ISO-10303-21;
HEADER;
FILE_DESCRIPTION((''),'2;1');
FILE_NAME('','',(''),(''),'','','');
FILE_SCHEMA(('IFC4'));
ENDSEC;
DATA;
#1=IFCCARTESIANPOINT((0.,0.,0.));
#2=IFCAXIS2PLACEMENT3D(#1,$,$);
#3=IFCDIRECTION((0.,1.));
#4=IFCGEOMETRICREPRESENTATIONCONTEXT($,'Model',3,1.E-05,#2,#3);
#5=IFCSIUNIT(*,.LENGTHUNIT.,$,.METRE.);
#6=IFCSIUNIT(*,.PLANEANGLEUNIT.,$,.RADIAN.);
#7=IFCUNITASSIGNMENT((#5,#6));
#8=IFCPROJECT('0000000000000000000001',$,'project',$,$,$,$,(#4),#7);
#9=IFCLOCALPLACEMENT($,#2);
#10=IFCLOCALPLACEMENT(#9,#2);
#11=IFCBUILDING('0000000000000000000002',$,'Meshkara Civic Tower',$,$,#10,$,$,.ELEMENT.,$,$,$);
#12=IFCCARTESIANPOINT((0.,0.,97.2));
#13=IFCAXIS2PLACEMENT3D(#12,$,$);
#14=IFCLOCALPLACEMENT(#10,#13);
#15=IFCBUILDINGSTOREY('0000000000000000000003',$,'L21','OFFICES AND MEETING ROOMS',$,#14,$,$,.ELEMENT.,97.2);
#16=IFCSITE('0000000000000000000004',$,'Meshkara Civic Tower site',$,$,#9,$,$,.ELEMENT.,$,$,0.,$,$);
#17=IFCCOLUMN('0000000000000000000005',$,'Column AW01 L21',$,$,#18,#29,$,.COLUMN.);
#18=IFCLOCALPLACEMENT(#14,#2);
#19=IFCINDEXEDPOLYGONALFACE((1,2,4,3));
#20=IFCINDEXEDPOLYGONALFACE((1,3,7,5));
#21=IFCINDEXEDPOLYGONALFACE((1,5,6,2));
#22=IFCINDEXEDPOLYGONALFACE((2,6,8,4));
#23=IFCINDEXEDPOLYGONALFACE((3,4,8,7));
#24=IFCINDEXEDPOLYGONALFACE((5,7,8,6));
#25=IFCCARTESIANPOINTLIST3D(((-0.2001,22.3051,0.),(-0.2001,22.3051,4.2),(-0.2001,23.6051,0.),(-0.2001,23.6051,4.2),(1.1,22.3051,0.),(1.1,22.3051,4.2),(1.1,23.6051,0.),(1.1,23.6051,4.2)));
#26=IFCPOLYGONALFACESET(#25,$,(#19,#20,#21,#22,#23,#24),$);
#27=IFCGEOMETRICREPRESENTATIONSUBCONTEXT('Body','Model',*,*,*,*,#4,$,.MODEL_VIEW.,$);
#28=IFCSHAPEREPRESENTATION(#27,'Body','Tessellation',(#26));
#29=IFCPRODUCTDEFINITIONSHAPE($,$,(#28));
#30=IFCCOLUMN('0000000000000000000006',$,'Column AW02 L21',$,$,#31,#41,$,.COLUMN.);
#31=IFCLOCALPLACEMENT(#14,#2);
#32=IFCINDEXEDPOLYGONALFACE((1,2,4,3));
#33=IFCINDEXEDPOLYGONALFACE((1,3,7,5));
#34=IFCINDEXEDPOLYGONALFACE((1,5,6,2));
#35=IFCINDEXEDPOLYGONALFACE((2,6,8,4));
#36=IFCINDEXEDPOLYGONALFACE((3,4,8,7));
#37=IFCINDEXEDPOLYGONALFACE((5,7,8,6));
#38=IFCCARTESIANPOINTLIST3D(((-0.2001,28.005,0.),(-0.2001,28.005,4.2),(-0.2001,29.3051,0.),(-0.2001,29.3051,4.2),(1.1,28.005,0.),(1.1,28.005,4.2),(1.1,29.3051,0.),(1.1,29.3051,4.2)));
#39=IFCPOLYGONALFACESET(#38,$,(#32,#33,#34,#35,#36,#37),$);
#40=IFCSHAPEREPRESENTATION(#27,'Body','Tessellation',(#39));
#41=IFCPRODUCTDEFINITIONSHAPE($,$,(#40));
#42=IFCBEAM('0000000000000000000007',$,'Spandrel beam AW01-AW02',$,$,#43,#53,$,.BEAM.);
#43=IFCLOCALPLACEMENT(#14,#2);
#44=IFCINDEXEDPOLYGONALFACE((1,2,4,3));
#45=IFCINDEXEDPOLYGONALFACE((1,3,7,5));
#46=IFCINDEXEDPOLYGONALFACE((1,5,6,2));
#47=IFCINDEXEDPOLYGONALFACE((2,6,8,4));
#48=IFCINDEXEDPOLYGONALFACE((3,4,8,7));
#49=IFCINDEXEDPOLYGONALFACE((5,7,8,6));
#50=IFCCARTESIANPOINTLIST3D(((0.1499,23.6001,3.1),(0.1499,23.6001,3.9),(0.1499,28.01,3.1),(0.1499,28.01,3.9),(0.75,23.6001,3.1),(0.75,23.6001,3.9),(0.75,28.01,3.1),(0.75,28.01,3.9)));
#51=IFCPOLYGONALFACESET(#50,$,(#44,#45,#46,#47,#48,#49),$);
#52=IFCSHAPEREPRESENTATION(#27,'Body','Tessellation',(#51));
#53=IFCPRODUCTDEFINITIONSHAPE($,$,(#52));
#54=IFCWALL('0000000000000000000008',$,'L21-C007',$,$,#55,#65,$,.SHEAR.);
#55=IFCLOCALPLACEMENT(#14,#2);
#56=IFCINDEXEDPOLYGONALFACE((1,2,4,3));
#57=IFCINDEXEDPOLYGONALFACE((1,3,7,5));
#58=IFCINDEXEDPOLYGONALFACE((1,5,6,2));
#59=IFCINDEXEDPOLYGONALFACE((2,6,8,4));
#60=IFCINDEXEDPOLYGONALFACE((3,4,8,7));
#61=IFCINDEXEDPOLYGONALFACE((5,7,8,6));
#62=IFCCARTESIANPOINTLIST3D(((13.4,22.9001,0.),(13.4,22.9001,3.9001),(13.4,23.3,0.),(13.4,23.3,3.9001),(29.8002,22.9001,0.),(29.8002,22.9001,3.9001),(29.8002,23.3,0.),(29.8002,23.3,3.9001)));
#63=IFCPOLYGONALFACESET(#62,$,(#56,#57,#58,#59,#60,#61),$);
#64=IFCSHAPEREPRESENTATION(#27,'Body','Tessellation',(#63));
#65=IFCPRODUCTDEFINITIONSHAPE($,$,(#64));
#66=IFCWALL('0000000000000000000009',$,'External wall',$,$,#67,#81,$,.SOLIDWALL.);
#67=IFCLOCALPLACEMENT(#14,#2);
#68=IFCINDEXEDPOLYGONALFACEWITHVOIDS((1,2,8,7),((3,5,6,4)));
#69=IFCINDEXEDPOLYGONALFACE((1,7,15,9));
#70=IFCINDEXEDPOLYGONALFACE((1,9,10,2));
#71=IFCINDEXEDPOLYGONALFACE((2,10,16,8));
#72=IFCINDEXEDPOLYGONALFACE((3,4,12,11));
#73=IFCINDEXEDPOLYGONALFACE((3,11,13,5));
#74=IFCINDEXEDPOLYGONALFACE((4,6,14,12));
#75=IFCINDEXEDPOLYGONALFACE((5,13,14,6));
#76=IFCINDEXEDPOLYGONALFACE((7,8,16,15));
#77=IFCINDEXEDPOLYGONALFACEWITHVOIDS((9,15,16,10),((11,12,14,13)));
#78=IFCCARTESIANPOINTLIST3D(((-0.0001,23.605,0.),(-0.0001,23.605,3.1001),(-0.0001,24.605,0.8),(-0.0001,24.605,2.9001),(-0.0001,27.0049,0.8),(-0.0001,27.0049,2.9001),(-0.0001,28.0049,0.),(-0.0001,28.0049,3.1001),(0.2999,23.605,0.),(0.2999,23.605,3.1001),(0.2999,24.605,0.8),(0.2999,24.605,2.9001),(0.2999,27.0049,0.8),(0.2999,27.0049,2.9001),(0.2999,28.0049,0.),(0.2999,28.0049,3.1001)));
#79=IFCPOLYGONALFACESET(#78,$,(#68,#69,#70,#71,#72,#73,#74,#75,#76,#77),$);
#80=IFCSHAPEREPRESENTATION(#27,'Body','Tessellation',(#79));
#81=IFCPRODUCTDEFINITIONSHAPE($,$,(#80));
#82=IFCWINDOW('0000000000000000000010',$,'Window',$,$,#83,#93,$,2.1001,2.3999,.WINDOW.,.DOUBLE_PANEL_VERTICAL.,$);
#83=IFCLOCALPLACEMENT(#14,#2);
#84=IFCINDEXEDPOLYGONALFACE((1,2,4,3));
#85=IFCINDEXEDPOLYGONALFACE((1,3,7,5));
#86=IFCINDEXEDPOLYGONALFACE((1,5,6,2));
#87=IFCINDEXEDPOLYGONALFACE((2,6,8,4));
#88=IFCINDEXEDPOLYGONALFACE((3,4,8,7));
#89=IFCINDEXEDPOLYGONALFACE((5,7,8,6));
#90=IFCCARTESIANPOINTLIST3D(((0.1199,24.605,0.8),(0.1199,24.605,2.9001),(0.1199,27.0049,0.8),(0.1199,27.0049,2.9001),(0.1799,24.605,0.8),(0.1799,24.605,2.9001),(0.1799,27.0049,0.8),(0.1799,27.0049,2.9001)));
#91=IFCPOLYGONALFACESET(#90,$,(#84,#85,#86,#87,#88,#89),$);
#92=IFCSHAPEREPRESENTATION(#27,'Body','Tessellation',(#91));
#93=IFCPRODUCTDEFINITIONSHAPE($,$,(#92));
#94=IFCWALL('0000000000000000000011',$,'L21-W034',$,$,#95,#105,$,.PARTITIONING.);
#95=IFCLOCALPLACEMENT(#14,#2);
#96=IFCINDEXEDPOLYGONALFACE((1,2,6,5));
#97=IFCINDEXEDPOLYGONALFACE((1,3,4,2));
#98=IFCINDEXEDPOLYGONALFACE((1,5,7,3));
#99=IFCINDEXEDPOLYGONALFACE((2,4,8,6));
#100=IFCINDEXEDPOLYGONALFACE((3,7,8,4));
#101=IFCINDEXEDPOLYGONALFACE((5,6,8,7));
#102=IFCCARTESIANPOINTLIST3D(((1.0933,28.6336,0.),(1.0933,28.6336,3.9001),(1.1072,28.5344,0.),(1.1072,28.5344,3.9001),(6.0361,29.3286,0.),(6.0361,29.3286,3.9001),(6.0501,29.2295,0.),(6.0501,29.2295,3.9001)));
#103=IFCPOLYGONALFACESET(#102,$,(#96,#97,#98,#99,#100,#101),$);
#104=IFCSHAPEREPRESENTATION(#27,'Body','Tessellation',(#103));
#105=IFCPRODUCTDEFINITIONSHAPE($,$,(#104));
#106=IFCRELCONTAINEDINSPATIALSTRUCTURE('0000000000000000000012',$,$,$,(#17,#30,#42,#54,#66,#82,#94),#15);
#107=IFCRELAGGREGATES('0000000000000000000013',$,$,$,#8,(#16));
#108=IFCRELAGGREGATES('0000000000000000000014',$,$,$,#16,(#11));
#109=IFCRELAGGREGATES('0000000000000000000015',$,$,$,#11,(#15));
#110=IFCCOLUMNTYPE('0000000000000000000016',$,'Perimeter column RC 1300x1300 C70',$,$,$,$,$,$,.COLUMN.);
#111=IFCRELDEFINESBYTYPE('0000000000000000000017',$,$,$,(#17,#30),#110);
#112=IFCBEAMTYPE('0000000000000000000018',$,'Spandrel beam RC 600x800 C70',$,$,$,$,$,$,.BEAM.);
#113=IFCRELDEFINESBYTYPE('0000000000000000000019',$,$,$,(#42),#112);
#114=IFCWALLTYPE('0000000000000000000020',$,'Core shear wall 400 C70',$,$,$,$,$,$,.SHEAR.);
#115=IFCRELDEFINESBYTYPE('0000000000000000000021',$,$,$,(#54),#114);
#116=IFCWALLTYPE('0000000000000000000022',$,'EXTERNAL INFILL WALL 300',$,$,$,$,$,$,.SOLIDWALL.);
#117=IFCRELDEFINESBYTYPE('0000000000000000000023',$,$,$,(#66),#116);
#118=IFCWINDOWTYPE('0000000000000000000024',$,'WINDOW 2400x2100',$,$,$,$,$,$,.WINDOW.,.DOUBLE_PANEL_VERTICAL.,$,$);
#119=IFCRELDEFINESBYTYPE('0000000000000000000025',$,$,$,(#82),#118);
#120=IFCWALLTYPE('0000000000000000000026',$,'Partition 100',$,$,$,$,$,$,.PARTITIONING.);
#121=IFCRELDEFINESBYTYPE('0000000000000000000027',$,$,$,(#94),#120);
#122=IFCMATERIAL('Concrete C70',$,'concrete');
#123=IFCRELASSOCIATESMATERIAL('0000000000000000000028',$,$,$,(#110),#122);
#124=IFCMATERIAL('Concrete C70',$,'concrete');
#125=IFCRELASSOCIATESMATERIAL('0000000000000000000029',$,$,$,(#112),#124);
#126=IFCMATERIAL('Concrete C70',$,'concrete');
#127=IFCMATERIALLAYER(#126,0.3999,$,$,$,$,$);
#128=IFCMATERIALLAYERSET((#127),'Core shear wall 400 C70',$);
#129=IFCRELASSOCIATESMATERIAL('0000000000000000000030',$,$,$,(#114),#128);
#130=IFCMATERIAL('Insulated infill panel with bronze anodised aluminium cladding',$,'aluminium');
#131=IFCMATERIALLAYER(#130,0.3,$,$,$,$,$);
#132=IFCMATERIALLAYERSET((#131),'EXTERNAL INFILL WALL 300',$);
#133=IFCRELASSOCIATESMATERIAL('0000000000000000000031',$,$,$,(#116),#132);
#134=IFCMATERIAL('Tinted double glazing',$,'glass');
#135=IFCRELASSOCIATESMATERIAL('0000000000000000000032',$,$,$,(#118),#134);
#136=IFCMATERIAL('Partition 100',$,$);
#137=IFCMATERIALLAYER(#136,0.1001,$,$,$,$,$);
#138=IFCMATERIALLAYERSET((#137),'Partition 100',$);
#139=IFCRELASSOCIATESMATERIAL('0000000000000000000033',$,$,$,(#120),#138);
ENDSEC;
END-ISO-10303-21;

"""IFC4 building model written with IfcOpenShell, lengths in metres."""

from ifc_helpers import new_model, si_unit, direction, frame, frame_2d, origin, origin_2d, place, context, subcontext, project, spatial, rectangle, extrude, material, layer, layer_set, material_profile, profile_set, type_object, element, fill, save


model = new_model("IFC4")

# Units and contexts
model_context = context("Model", 3, precision=1e-05, world=origin(), true_north=direction((0.0, 1.0)))
body_context = subcontext(model_context, "Body", "Model", "MODEL_VIEW")
ifc_project = project(units=[si_unit("LENGTHUNIT", "METRE"), si_unit("PLANEANGLEUNIT", "RADIAN")], contexts=[model_context])

# Site, building, storey
site_placement = place(None, origin())
site = spatial("IfcSite", under=ifc_project, at=site_placement, Name="Meshkara Civic Tower site", CompositionType="ELEMENT", RefElevation=0.0)
building_placement = place(site_placement, origin())
building = spatial("IfcBuilding", under=site, at=building_placement, Name="Meshkara Civic Tower", CompositionType="ELEMENT")
storey_placement = place(building_placement, frame((0.0, 0.0, 97.2)))
storey = spatial("IfcBuildingStorey", under=building, at=storey_placement, Name="L21", Description="OFFICES AND MEETING ROOMS", CompositionType="ELEMENT", Elevation=97.2)

# Columns
ifc_material_1 = material(Name="Concrete C70", Category="concrete")
ifc_material_profile_1 = material_profile(ifc_material_1, rectangle(XDim=1.3, YDim=1.3, at=origin_2d()))
ifc_profile_set_1 = profile_set([ifc_material_profile_1], Name="Concrete C70")
column_type = type_object("IfcColumnType", Name="Perimeter column RC 1300x1300 C70", PredefinedType="COLUMN", material=ifc_profile_set_1)
for number, where, z_axis, x_axis, name in (
    (1, (0.45, 22.9551, 0.0), (0.0, 0.0, 1.0), (1.0, 0.0, 0.0), "Column AW01 L21"),
    (2, (0.45, 28.655, 0.0), (0.0, 0.0, 1.0), (1.0, 0.0, 0.0), "Column AW02 L21"),
):
    element("IfcColumn", number, at=place(storey_placement, frame(where, z_axis=z_axis, x_axis=x_axis)), inside=storey, type_object=column_type, Name=name, PredefinedType="COLUMN", context=body_context, shape_type="SweptSolid", body=[
        extrude(rectangle(XDim=1.3, YDim=1.3, at=origin_2d()), origin(), (0.0, 0.0, 1.0), 4.2),
    ])

# Beam
ifc_material_2 = material(Name="Concrete C70", Category="concrete")
ifc_material_profile_2 = material_profile(ifc_material_2, rectangle(XDim=0.6001, YDim=0.8, at=origin_2d()))
ifc_profile_set_2 = profile_set([ifc_material_profile_2], Name="Concrete C70")
beam_type = type_object("IfcBeamType", Name="Spandrel beam RC 600x800 C70", PredefinedType="BEAM", material=ifc_profile_set_2)
beam_placement = place(storey_placement, frame((0.45, 28.01, 3.5), z_axis=(0.0, -1.0, 0.0), x_axis=(1.0, 0.0, 0.0)))
element("IfcBeam", 3, at=beam_placement, inside=storey, type_object=beam_type, Name="Spandrel beam AW01-AW02", PredefinedType="BEAM", context=body_context, shape_type="SweptSolid", body=[
    extrude(rectangle(XDim=0.6001, YDim=0.8, at=origin_2d()), origin(), (0.0, 0.0, 1.0), 4.4099),
])

# Wall
ifc_material_3 = material(Name="Concrete C70", Category="concrete")
ifc_layer_1 = layer(ifc_material_3, 0.3999)
ifc_layer_set_1 = layer_set([ifc_layer_1], Name="Core shear wall 400 C70")
wall_type_1 = type_object("IfcWallType", Name="Core shear wall 400 C70", PredefinedType="SHEAR", material=ifc_layer_set_1)
wall_1_placement = place(storey_placement, frame((13.3999, 23.1001, 0.0), z_axis=(0.0, 0.0, 1.0), x_axis=(1.0, 0.0, 0.0)))
element("IfcWall", 4, at=wall_1_placement, inside=storey, type_object=wall_type_1, Name="L21-C007", PredefinedType="SHEAR", context=body_context, shape_type="SweptSolid", body=[
    extrude(rectangle(XDim=16.4001, YDim=0.3999, at=frame_2d((8.2002, 0.0))), origin(), (0.0, 0.0, 1.0), 3.9001),
])

# Wall, opening, window
ifc_material_4 = material(Name="Insulated infill panel with bronze anodised aluminium cladding", Category="aluminium")
ifc_layer_2 = layer(ifc_material_4, 0.3)
ifc_layer_set_2 = layer_set([ifc_layer_2], Name="EXTERNAL INFILL WALL 300")
wall_type_2 = type_object("IfcWallType", Name="EXTERNAL INFILL WALL 300", PredefinedType="SOLIDWALL", material=ifc_layer_set_2)
wall_2_placement = place(storey_placement, frame((0.1499, 28.0049, 0.0), z_axis=(0.0, 0.0, 1.0), x_axis=(0.0, -1.0, 0.0)))
wall_2 = element("IfcWall", 5, at=wall_2_placement, inside=storey, type_object=wall_type_2, Name="External wall", PredefinedType="SOLIDWALL", context=body_context, shape_type="SweptSolid", body=[
    extrude(rectangle(XDim=4.3999, YDim=0.3, at=frame_2d((2.2, 0.0))), origin(), (0.0, 0.0, 1.0), 3.1001),
])
opening_1_placement = place(wall_2_placement, frame((1.0, 0.0, 0.8)))
opening_1 = element("IfcOpeningElement", 6, at=opening_1_placement, cuts=wall_2, PredefinedType="OPENING", context=body_context, shape_type="SweptSolid", body=[
    extrude(rectangle(XDim=2.3999, YDim=2.1001, at=frame_2d((1.2, 1.05))), frame((0.0, 0.1599, 0.0), z_axis=(0.0, -1.0, 0.0), x_axis=(1.0, 0.0, 0.0)), (0.0, 0.0, 1.0), 0.3201),
])
ifc_material_5 = material(Name="Tinted double glazing", Category="glass")
window_type = type_object("IfcWindowType", Name="WINDOW 2400x2100", PartitioningType="DOUBLE_PANEL_VERTICAL", PredefinedType="WINDOW", material=ifc_material_5)
window_placement = place(opening_1_placement, origin())
window = element("IfcWindow", 7, at=window_placement, inside=storey, type_object=window_type, Name="Window", OverallHeight=2.1001, OverallWidth=2.3999, PartitioningType="DOUBLE_PANEL_VERTICAL", PredefinedType="WINDOW", context=body_context, shape_type="SweptSolid", body=[
    extrude(rectangle(XDim=2.3999, YDim=2.1001, at=frame_2d((1.2, 1.05))), frame((0.0, 0.03, 0.0), z_axis=(0.0, -1.0, 0.0), x_axis=(1.0, 0.0, 0.0)), (0.0, 0.0, 1.0), 0.0601),
])
fill(opening_1, window)

# Wall
ifc_material_6 = material(Name="Partition 100")
ifc_layer_3 = layer(ifc_material_6, 0.1001)
ifc_layer_set_3 = layer_set([ifc_layer_3], Name="Partition 100")
wall_type_3 = type_object("IfcWallType", Name="Partition 100", PredefinedType="PARTITIONING", material=ifc_layer_set_3)
wall_3_placement = place(storey_placement, frame((6.043, 29.2791, 0.0), z_axis=(0.0, 0.0, 1.0), x_axis=(-0.990257, -0.13925, 0.0)))
element("IfcWall", 8, at=wall_3_placement, inside=storey, type_object=wall_type_3, Name="L21-W034", PredefinedType="PARTITIONING", context=body_context, shape_type="SweptSolid", body=[
    extrude(rectangle(XDim=4.9915, YDim=0.1001, at=frame_2d((2.4956, 0.0))), origin(), (0.0, 0.0, 1.0), 3.9001),
])

save(model, "model.ifc")
